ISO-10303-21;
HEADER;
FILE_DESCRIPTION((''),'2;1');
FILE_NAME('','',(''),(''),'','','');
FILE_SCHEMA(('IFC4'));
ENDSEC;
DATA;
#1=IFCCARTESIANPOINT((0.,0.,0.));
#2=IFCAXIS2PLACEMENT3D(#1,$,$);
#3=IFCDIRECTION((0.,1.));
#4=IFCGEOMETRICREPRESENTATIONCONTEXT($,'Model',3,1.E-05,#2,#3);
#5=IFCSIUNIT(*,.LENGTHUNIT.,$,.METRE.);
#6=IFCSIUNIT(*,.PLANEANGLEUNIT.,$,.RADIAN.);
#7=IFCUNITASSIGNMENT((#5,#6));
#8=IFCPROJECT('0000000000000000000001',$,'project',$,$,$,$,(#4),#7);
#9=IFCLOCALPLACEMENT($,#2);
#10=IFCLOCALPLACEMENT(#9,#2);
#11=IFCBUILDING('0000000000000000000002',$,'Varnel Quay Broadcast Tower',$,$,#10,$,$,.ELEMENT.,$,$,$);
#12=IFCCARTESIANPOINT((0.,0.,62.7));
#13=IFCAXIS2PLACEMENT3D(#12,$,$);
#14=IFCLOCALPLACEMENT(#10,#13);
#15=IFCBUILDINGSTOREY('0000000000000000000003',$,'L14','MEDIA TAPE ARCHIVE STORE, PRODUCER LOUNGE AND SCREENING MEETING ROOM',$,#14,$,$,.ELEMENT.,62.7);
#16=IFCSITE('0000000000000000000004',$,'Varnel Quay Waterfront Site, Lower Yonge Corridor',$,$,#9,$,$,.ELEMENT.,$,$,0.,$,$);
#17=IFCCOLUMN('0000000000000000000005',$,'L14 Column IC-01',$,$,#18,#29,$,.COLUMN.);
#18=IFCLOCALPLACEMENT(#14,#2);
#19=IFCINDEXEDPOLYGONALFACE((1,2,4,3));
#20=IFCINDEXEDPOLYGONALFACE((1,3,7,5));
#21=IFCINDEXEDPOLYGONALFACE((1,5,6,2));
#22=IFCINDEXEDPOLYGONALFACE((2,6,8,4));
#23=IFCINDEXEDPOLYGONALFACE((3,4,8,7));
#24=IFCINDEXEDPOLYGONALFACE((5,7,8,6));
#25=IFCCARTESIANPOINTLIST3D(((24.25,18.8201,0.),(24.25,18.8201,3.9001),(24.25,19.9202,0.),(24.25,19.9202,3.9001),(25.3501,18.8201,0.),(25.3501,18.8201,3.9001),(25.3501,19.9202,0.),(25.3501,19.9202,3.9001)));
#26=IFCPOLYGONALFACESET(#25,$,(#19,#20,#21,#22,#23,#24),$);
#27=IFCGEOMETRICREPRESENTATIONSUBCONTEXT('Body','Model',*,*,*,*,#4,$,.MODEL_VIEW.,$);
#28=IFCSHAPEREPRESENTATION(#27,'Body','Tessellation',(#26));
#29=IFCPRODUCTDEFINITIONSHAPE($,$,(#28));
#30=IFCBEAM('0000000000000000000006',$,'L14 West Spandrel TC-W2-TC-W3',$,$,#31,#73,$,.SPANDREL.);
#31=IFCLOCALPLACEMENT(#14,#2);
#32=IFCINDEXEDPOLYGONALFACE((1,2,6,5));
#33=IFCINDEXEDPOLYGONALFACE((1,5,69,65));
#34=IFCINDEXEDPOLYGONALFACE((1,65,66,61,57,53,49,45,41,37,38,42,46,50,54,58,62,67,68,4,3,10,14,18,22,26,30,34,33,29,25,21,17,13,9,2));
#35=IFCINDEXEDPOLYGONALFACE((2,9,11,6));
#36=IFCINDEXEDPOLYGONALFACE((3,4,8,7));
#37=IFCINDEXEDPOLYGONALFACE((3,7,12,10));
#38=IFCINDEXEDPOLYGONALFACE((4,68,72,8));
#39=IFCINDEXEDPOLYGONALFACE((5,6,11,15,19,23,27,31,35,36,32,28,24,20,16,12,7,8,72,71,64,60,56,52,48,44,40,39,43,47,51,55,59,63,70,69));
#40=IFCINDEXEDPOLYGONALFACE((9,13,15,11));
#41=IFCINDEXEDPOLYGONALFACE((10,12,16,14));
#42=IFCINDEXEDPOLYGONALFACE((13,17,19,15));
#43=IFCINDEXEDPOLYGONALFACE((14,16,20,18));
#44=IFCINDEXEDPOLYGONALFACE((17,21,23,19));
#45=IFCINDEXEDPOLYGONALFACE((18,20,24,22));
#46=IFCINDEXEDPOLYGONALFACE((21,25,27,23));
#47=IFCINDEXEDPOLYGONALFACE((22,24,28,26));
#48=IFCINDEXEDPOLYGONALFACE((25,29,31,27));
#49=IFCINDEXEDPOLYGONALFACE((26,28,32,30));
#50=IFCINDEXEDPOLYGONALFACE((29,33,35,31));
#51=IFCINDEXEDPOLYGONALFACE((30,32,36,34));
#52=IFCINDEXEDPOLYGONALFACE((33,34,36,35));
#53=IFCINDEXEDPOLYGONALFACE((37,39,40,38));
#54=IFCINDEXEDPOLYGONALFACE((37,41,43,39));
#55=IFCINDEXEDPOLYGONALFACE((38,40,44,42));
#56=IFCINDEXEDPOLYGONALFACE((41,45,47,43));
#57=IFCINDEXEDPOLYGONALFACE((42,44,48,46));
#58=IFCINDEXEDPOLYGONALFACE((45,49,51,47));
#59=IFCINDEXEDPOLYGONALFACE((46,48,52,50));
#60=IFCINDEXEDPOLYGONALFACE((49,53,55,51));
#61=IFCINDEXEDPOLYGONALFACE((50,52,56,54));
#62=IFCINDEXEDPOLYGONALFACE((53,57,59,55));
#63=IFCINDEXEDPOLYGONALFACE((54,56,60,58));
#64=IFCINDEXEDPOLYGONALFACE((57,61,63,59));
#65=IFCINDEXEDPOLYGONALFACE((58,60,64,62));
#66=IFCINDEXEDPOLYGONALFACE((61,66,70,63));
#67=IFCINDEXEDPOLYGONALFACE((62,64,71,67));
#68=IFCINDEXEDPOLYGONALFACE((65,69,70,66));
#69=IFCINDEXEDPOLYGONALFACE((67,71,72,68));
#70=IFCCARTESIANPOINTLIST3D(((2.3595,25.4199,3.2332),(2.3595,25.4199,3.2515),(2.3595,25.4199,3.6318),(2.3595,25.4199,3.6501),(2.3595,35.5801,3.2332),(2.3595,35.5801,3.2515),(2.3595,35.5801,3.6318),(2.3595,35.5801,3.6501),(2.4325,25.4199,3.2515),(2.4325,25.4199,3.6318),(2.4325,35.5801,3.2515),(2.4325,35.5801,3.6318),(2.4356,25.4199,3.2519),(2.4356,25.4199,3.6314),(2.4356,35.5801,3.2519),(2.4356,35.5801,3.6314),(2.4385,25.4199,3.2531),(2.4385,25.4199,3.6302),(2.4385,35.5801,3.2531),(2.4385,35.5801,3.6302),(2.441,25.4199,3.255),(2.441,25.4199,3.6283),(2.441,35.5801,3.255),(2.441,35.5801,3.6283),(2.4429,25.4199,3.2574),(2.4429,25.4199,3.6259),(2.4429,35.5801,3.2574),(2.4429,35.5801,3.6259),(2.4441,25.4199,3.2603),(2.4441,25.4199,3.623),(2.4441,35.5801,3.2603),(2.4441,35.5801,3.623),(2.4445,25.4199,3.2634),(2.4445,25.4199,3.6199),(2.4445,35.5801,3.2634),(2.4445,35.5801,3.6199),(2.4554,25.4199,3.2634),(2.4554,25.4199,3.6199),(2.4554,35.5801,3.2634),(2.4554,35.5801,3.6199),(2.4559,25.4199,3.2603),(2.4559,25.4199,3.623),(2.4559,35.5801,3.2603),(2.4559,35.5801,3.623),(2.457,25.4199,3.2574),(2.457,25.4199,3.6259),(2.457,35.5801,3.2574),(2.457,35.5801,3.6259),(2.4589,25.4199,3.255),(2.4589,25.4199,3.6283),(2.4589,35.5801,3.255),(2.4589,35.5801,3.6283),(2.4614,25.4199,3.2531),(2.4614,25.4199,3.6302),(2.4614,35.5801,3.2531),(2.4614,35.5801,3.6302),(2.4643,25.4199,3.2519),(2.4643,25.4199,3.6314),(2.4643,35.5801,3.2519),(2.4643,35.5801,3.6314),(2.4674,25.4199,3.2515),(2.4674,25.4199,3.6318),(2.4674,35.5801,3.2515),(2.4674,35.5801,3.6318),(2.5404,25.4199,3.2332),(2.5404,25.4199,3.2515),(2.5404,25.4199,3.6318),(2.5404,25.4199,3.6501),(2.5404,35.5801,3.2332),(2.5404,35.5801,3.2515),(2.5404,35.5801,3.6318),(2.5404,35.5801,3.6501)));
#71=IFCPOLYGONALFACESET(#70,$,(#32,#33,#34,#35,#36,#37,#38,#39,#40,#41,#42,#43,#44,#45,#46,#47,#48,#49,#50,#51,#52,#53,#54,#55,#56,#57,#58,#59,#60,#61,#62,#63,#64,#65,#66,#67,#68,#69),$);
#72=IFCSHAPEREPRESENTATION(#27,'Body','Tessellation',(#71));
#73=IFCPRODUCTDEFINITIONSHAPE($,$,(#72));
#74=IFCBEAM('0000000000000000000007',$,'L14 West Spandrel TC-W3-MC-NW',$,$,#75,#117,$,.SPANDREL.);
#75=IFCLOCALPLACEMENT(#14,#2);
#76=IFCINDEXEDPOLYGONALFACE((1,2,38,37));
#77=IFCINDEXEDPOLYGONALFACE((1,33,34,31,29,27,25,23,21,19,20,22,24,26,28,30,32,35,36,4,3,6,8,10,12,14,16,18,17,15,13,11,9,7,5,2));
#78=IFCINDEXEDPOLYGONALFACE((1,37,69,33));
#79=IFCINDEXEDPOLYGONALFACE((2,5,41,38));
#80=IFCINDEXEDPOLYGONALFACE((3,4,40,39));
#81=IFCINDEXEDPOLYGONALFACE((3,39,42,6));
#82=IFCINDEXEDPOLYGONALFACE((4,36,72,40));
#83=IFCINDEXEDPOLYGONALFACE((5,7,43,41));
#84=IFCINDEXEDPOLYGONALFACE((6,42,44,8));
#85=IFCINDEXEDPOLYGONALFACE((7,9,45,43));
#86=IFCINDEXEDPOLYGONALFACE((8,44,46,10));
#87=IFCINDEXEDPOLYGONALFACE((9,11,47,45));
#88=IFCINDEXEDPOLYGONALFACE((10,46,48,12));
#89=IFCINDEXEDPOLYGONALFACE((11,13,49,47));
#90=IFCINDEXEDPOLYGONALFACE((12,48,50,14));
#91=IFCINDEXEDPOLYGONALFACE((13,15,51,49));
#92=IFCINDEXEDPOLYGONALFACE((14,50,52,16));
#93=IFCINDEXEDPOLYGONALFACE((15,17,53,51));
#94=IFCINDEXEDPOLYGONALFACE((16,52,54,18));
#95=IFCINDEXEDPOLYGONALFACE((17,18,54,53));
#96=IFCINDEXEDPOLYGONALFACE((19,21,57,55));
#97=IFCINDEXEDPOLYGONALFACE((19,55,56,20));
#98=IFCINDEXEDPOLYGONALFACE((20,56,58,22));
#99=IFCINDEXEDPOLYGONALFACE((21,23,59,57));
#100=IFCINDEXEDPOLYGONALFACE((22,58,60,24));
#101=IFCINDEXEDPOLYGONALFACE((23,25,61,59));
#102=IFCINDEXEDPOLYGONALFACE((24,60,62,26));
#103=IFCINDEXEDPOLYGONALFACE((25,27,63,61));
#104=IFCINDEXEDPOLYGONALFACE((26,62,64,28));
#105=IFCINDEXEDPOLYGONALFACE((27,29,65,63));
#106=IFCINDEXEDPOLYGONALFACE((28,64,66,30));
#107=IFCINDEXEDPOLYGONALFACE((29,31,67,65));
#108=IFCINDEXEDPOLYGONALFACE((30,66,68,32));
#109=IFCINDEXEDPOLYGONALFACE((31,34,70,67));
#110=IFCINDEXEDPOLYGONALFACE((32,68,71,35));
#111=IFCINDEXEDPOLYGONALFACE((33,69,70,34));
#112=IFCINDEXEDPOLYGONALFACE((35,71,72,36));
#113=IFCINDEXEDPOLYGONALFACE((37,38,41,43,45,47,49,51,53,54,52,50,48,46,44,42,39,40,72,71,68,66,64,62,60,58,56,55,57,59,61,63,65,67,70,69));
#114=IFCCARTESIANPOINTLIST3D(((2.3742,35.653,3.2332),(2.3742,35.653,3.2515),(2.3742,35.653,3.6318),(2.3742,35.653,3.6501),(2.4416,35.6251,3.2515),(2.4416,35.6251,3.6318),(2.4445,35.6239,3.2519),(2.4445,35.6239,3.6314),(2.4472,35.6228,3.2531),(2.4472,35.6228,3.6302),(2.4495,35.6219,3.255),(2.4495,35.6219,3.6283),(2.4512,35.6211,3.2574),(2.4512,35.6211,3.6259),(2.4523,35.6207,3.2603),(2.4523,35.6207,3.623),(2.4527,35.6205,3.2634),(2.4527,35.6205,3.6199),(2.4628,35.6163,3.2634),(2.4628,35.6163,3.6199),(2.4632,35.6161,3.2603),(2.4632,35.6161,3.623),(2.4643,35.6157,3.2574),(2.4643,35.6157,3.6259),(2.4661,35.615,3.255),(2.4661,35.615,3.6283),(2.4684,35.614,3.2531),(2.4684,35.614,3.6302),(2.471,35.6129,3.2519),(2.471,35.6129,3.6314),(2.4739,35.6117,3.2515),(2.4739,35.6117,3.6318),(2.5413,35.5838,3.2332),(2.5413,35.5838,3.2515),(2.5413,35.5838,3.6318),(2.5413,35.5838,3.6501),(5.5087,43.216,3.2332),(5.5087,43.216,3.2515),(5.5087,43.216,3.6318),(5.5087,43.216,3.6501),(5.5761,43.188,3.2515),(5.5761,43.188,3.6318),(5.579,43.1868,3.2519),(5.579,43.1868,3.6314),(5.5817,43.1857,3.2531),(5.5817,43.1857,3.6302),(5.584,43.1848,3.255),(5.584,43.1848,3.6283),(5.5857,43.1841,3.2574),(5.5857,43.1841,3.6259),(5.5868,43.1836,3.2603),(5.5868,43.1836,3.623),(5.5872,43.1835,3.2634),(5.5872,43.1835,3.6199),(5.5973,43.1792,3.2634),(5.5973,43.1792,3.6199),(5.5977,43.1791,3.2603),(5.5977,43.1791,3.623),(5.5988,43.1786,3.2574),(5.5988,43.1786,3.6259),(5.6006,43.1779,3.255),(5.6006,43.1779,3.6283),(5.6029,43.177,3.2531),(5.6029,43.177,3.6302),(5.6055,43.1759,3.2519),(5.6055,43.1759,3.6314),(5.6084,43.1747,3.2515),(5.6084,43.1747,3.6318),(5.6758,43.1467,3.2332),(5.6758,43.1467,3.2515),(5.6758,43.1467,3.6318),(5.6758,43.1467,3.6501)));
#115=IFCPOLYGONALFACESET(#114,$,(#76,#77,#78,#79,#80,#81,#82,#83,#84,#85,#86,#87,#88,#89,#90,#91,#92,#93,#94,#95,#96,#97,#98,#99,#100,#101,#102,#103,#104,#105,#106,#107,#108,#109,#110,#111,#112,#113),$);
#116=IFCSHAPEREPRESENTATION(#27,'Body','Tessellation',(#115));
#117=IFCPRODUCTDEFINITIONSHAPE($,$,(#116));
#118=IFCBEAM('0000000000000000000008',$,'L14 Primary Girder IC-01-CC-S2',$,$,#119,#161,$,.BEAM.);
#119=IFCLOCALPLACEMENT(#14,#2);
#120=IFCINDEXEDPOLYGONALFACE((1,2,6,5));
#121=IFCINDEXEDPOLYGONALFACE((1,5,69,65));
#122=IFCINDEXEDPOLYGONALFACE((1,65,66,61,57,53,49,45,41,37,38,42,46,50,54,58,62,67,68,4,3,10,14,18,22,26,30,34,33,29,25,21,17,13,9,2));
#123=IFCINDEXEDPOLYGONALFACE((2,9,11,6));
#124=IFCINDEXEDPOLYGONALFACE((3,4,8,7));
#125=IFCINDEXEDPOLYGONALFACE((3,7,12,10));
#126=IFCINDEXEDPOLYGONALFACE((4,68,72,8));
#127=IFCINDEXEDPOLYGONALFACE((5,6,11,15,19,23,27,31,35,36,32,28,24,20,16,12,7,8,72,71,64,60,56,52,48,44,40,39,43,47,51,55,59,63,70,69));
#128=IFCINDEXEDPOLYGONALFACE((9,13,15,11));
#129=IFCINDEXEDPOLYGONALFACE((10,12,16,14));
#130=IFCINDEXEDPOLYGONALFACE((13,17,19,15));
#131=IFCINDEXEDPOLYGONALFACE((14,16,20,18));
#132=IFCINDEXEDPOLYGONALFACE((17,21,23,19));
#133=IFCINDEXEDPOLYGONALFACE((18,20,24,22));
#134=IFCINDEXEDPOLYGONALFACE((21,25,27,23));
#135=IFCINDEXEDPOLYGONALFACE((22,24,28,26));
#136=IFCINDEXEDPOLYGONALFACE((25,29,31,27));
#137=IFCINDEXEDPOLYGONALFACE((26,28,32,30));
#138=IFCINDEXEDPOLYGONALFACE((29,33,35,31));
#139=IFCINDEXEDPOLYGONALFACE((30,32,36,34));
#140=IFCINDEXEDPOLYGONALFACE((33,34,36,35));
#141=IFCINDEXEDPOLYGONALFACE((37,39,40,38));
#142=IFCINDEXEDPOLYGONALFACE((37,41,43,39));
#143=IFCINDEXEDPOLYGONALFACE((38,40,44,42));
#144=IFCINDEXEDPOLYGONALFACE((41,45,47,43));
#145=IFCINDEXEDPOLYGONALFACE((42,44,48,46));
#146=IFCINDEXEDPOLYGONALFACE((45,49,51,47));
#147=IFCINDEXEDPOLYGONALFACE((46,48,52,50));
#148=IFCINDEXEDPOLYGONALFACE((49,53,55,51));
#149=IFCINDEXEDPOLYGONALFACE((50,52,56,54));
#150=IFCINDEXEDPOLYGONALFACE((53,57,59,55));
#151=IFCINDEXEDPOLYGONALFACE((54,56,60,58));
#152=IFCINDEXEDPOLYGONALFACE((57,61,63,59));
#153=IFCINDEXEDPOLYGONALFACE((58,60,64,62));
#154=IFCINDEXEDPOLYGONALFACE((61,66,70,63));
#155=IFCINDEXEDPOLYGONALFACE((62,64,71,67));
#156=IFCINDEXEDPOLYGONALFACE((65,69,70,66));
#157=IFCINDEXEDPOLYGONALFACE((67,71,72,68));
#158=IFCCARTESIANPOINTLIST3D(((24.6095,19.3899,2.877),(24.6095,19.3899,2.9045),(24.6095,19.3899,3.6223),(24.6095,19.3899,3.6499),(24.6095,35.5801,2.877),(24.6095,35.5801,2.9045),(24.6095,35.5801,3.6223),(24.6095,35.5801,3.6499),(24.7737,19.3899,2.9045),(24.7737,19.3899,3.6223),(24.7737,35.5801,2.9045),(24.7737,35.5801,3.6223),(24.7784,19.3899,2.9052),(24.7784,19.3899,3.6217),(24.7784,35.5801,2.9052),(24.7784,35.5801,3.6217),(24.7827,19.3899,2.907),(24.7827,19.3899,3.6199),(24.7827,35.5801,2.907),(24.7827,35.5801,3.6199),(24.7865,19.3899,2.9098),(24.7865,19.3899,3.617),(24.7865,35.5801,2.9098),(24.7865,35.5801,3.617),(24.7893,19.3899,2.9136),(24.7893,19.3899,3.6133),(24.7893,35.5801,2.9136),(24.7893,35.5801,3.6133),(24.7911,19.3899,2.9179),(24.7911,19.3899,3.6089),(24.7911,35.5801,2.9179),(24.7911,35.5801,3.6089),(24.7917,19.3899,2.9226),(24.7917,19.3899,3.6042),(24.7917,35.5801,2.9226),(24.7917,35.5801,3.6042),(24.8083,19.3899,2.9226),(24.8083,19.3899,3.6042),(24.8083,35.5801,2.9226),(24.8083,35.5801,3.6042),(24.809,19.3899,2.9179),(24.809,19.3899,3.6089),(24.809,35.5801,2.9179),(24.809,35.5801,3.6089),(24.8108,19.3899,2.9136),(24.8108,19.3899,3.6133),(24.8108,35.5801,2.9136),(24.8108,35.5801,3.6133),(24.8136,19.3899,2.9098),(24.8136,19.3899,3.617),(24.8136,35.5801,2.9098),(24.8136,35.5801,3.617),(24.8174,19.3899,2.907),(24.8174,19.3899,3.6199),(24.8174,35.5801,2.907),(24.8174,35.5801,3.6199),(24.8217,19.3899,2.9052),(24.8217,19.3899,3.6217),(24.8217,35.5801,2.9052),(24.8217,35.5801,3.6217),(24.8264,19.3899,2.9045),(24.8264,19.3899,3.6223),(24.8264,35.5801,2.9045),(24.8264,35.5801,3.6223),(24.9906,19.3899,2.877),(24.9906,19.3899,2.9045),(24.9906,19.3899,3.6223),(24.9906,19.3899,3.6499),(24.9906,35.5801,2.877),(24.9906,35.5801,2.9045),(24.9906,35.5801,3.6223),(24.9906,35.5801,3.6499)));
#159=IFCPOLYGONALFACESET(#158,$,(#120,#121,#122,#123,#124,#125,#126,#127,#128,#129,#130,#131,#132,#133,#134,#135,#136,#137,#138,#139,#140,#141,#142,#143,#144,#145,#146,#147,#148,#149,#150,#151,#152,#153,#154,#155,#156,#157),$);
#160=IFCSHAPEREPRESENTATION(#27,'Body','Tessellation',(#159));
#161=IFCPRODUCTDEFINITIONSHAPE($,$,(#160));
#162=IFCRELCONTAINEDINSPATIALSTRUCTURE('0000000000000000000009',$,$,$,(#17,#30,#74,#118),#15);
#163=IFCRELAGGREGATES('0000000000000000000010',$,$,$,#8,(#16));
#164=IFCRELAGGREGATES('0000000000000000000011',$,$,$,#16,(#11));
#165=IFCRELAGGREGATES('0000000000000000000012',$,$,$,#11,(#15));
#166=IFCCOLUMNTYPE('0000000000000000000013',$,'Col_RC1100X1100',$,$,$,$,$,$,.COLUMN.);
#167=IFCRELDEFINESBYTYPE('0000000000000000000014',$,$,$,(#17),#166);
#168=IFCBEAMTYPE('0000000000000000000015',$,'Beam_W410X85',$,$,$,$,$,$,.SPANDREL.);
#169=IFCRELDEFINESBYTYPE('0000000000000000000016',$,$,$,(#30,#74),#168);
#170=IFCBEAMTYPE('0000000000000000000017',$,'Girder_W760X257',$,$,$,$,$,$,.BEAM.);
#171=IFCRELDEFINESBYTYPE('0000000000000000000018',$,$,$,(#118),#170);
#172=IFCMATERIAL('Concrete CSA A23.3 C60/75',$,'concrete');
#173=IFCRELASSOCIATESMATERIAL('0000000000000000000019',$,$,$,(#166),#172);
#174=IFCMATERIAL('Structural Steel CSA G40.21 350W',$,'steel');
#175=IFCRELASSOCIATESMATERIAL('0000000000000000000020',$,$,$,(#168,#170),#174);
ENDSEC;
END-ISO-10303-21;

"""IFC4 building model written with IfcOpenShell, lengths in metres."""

from ifc_helpers import new_model, si_unit, direction, frame, origin, origin_2d, place, context, subcontext, project, spatial, rectangle, i_section, extrude, source, transform, mapped, material, material_profile, profile_set, type_object, type_shapes, element, save


model = new_model("IFC4")

# Units and contexts
model_context = context("Model", 3, precision=1e-05, world=origin(), true_north=direction((0.0, 1.0)))
body_context = subcontext(model_context, "Body", "Model", "MODEL_VIEW")
ifc_project = project(units=[si_unit("LENGTHUNIT", "METRE"), si_unit("PLANEANGLEUNIT", "RADIAN")], contexts=[model_context])

# Site, building, storey
site_placement = place(None, origin())
site = spatial("IfcSite", under=ifc_project, at=site_placement, Name="Varnel Quay Waterfront Site, Lower Yonge Corridor", CompositionType="ELEMENT", RefElevation=0.0)
building_placement = place(site_placement, origin())
building = spatial("IfcBuilding", under=site, at=building_placement, Name="Varnel Quay Broadcast Tower", CompositionType="ELEMENT")
storey_placement = place(building_placement, frame((0.0, 0.0, 62.7)))
storey = spatial("IfcBuildingStorey", under=building, at=storey_placement, Name="L14", Description="MEDIA TAPE ARCHIVE STORE, PRODUCER LOUNGE AND SCREENING MEETING ROOM", CompositionType="ELEMENT", Elevation=62.7)

# Column
ifc_material_1 = material(Name="Structural Steel CSA G40.21 350W", Category="steel")
ifc_material_2 = material(Name="Concrete CSA A23.3 C60/75", Category="concrete")
ifc_material_profile_1 = material_profile(ifc_material_2, rectangle(XDim=1.1001, YDim=1.1001, at=origin_2d()), Name="RC1100X1100")
ifc_profile_set_1 = profile_set([ifc_material_profile_1], Name="Concrete CSA A23.3 C60/75")
column_type_1 = type_object("IfcColumnType", Name="Col_RC1100X1100", PredefinedType="COLUMN", material=ifc_profile_set_1)
shared_shape_1 = source(origin(), body_context, "Body", "SweptSolid", [
    extrude(rectangle(XDim=1.1001, YDim=1.1001, at=origin_2d()), origin(), (0.0, 0.0, 1.0), 3.9001),
])
type_shapes(column_type_1, [shared_shape_1])
column_placement = place(storey_placement, frame((24.8, 19.3701, 0.0), z_axis=(0.0, 0.0, 1.0), x_axis=(1.0, 0.0, 0.0)))
element("IfcColumn", 1, at=column_placement, inside=storey, type_object=column_type_1, Name="L14 Column IC-01", PredefinedType="COLUMN", context=body_context, shape_type="MappedRepresentation", body=[
    mapped(shared_shape_1, transform((0.0, 0.0, 0.0), x_axis=(1.0, 0.0, 0.0), y_axis=(0.0, 1.0, 0.0), z_axis=(0.0, 0.0, 1.0), scale=1.0)),
])

# Beams
ifc_material_profile_2 = material_profile(ifc_material_1, i_section(OverallWidth=0.1809, OverallDepth=0.417, WebThickness=0.011, FlangeThickness=0.0183, FilletRadius=0.012, at=origin_2d()), Name="W410X85")
ifc_profile_set_2 = profile_set([ifc_material_profile_2], Name="Structural Steel CSA G40.21 350W")
beam_type_1 = type_object("IfcBeamType", Name="Beam_W410X85", PredefinedType="SPANDREL", material=ifc_profile_set_2)
shared_shape_2 = source(origin(), body_context, "Body", "SweptSolid", [
    extrude(i_section(OverallWidth=0.1809, OverallDepth=0.417, WebThickness=0.011, FlangeThickness=0.0183, FilletRadius=0.012, at=origin_2d()), origin(), (0.0, 0.0, 1.0), 10.1602),
])
beam_1_placement = place(storey_placement, frame((2.45, 25.4199, 3.4417), z_axis=(0.0, 1.0, 0.0), x_axis=(-1.0, 0.0, 0.0)))
element("IfcBeam", 2, at=beam_1_placement, inside=storey, type_object=beam_type_1, Name="L14 West Spandrel TC-W2-TC-W3", PredefinedType="SPANDREL", context=body_context, shape_type="MappedRepresentation", body=[
    mapped(shared_shape_2, transform((0.0, 0.0, 0.0), x_axis=(1.0, 0.0, 0.0), y_axis=(0.0, 1.0, 0.0), z_axis=(0.0, 0.0, 1.0), scale=1.0)),
])
shared_shape_3 = source(origin(), body_context, "Body", "SweptSolid", [
    extrude(i_section(OverallWidth=0.1809, OverallDepth=0.417, WebThickness=0.011, FlangeThickness=0.0183, FilletRadius=0.012, at=origin_2d()), origin(), (0.0, 0.0, 1.0), 8.1868),
])
type_shapes(beam_type_1, [shared_shape_2, shared_shape_3])
beam_2_placement = place(storey_placement, frame((2.4578, 35.6184, 3.4417), z_axis=(0.382874, 0.923801, 0.0), x_axis=(-0.923801, 0.382874, 0.0)))
element("IfcBeam", 3, at=beam_2_placement, inside=storey, type_object=beam_type_1, Name="L14 West Spandrel TC-W3-MC-NW", PredefinedType="SPANDREL", context=body_context, shape_type="MappedRepresentation", body=[
    mapped(shared_shape_3, transform((0.0, 0.0, 0.0), x_axis=(1.0, 0.0, 0.0), y_axis=(0.0, 1.0, 0.0), z_axis=(0.0, 0.0, 1.0), scale=1.0)),
])
ifc_material_profile_3 = material_profile(ifc_material_1, i_section(OverallWidth=0.3811, OverallDepth=0.7729, WebThickness=0.0166, FlangeThickness=0.0276, FilletRadius=0.0181, at=origin_2d()), Name="W760X257")
ifc_profile_set_3 = profile_set([ifc_material_profile_3], Name="Structural Steel CSA G40.21 350W")
beam_type_2 = type_object("IfcBeamType", Name="Girder_W760X257", PredefinedType="BEAM", material=ifc_profile_set_3)
shared_shape_4 = source(origin(), body_context, "Body", "SweptSolid", [
    extrude(i_section(OverallWidth=0.3811, OverallDepth=0.7729, WebThickness=0.0166, FlangeThickness=0.0276, FilletRadius=0.0181, at=origin_2d()), origin(), (0.0, 0.0, 1.0), 16.1902),
])
beam_3_placement = place(storey_placement, frame((24.8, 19.3899, 3.2634), z_axis=(0.0, 1.0, 0.0), x_axis=(-1.0, 0.0, 0.0)))
element("IfcBeam", 4, at=beam_3_placement, inside=storey, type_object=beam_type_2, Name="L14 Primary Girder IC-01-CC-S2", PredefinedType="BEAM", context=body_context, shape_type="MappedRepresentation", body=[
    mapped(shared_shape_4, transform((0.0, 0.0, 0.0), x_axis=(1.0, 0.0, 0.0), y_axis=(0.0, 1.0, 0.0), z_axis=(0.0, 0.0, 1.0), scale=1.0)),
])

save(model, "model.ifc")
